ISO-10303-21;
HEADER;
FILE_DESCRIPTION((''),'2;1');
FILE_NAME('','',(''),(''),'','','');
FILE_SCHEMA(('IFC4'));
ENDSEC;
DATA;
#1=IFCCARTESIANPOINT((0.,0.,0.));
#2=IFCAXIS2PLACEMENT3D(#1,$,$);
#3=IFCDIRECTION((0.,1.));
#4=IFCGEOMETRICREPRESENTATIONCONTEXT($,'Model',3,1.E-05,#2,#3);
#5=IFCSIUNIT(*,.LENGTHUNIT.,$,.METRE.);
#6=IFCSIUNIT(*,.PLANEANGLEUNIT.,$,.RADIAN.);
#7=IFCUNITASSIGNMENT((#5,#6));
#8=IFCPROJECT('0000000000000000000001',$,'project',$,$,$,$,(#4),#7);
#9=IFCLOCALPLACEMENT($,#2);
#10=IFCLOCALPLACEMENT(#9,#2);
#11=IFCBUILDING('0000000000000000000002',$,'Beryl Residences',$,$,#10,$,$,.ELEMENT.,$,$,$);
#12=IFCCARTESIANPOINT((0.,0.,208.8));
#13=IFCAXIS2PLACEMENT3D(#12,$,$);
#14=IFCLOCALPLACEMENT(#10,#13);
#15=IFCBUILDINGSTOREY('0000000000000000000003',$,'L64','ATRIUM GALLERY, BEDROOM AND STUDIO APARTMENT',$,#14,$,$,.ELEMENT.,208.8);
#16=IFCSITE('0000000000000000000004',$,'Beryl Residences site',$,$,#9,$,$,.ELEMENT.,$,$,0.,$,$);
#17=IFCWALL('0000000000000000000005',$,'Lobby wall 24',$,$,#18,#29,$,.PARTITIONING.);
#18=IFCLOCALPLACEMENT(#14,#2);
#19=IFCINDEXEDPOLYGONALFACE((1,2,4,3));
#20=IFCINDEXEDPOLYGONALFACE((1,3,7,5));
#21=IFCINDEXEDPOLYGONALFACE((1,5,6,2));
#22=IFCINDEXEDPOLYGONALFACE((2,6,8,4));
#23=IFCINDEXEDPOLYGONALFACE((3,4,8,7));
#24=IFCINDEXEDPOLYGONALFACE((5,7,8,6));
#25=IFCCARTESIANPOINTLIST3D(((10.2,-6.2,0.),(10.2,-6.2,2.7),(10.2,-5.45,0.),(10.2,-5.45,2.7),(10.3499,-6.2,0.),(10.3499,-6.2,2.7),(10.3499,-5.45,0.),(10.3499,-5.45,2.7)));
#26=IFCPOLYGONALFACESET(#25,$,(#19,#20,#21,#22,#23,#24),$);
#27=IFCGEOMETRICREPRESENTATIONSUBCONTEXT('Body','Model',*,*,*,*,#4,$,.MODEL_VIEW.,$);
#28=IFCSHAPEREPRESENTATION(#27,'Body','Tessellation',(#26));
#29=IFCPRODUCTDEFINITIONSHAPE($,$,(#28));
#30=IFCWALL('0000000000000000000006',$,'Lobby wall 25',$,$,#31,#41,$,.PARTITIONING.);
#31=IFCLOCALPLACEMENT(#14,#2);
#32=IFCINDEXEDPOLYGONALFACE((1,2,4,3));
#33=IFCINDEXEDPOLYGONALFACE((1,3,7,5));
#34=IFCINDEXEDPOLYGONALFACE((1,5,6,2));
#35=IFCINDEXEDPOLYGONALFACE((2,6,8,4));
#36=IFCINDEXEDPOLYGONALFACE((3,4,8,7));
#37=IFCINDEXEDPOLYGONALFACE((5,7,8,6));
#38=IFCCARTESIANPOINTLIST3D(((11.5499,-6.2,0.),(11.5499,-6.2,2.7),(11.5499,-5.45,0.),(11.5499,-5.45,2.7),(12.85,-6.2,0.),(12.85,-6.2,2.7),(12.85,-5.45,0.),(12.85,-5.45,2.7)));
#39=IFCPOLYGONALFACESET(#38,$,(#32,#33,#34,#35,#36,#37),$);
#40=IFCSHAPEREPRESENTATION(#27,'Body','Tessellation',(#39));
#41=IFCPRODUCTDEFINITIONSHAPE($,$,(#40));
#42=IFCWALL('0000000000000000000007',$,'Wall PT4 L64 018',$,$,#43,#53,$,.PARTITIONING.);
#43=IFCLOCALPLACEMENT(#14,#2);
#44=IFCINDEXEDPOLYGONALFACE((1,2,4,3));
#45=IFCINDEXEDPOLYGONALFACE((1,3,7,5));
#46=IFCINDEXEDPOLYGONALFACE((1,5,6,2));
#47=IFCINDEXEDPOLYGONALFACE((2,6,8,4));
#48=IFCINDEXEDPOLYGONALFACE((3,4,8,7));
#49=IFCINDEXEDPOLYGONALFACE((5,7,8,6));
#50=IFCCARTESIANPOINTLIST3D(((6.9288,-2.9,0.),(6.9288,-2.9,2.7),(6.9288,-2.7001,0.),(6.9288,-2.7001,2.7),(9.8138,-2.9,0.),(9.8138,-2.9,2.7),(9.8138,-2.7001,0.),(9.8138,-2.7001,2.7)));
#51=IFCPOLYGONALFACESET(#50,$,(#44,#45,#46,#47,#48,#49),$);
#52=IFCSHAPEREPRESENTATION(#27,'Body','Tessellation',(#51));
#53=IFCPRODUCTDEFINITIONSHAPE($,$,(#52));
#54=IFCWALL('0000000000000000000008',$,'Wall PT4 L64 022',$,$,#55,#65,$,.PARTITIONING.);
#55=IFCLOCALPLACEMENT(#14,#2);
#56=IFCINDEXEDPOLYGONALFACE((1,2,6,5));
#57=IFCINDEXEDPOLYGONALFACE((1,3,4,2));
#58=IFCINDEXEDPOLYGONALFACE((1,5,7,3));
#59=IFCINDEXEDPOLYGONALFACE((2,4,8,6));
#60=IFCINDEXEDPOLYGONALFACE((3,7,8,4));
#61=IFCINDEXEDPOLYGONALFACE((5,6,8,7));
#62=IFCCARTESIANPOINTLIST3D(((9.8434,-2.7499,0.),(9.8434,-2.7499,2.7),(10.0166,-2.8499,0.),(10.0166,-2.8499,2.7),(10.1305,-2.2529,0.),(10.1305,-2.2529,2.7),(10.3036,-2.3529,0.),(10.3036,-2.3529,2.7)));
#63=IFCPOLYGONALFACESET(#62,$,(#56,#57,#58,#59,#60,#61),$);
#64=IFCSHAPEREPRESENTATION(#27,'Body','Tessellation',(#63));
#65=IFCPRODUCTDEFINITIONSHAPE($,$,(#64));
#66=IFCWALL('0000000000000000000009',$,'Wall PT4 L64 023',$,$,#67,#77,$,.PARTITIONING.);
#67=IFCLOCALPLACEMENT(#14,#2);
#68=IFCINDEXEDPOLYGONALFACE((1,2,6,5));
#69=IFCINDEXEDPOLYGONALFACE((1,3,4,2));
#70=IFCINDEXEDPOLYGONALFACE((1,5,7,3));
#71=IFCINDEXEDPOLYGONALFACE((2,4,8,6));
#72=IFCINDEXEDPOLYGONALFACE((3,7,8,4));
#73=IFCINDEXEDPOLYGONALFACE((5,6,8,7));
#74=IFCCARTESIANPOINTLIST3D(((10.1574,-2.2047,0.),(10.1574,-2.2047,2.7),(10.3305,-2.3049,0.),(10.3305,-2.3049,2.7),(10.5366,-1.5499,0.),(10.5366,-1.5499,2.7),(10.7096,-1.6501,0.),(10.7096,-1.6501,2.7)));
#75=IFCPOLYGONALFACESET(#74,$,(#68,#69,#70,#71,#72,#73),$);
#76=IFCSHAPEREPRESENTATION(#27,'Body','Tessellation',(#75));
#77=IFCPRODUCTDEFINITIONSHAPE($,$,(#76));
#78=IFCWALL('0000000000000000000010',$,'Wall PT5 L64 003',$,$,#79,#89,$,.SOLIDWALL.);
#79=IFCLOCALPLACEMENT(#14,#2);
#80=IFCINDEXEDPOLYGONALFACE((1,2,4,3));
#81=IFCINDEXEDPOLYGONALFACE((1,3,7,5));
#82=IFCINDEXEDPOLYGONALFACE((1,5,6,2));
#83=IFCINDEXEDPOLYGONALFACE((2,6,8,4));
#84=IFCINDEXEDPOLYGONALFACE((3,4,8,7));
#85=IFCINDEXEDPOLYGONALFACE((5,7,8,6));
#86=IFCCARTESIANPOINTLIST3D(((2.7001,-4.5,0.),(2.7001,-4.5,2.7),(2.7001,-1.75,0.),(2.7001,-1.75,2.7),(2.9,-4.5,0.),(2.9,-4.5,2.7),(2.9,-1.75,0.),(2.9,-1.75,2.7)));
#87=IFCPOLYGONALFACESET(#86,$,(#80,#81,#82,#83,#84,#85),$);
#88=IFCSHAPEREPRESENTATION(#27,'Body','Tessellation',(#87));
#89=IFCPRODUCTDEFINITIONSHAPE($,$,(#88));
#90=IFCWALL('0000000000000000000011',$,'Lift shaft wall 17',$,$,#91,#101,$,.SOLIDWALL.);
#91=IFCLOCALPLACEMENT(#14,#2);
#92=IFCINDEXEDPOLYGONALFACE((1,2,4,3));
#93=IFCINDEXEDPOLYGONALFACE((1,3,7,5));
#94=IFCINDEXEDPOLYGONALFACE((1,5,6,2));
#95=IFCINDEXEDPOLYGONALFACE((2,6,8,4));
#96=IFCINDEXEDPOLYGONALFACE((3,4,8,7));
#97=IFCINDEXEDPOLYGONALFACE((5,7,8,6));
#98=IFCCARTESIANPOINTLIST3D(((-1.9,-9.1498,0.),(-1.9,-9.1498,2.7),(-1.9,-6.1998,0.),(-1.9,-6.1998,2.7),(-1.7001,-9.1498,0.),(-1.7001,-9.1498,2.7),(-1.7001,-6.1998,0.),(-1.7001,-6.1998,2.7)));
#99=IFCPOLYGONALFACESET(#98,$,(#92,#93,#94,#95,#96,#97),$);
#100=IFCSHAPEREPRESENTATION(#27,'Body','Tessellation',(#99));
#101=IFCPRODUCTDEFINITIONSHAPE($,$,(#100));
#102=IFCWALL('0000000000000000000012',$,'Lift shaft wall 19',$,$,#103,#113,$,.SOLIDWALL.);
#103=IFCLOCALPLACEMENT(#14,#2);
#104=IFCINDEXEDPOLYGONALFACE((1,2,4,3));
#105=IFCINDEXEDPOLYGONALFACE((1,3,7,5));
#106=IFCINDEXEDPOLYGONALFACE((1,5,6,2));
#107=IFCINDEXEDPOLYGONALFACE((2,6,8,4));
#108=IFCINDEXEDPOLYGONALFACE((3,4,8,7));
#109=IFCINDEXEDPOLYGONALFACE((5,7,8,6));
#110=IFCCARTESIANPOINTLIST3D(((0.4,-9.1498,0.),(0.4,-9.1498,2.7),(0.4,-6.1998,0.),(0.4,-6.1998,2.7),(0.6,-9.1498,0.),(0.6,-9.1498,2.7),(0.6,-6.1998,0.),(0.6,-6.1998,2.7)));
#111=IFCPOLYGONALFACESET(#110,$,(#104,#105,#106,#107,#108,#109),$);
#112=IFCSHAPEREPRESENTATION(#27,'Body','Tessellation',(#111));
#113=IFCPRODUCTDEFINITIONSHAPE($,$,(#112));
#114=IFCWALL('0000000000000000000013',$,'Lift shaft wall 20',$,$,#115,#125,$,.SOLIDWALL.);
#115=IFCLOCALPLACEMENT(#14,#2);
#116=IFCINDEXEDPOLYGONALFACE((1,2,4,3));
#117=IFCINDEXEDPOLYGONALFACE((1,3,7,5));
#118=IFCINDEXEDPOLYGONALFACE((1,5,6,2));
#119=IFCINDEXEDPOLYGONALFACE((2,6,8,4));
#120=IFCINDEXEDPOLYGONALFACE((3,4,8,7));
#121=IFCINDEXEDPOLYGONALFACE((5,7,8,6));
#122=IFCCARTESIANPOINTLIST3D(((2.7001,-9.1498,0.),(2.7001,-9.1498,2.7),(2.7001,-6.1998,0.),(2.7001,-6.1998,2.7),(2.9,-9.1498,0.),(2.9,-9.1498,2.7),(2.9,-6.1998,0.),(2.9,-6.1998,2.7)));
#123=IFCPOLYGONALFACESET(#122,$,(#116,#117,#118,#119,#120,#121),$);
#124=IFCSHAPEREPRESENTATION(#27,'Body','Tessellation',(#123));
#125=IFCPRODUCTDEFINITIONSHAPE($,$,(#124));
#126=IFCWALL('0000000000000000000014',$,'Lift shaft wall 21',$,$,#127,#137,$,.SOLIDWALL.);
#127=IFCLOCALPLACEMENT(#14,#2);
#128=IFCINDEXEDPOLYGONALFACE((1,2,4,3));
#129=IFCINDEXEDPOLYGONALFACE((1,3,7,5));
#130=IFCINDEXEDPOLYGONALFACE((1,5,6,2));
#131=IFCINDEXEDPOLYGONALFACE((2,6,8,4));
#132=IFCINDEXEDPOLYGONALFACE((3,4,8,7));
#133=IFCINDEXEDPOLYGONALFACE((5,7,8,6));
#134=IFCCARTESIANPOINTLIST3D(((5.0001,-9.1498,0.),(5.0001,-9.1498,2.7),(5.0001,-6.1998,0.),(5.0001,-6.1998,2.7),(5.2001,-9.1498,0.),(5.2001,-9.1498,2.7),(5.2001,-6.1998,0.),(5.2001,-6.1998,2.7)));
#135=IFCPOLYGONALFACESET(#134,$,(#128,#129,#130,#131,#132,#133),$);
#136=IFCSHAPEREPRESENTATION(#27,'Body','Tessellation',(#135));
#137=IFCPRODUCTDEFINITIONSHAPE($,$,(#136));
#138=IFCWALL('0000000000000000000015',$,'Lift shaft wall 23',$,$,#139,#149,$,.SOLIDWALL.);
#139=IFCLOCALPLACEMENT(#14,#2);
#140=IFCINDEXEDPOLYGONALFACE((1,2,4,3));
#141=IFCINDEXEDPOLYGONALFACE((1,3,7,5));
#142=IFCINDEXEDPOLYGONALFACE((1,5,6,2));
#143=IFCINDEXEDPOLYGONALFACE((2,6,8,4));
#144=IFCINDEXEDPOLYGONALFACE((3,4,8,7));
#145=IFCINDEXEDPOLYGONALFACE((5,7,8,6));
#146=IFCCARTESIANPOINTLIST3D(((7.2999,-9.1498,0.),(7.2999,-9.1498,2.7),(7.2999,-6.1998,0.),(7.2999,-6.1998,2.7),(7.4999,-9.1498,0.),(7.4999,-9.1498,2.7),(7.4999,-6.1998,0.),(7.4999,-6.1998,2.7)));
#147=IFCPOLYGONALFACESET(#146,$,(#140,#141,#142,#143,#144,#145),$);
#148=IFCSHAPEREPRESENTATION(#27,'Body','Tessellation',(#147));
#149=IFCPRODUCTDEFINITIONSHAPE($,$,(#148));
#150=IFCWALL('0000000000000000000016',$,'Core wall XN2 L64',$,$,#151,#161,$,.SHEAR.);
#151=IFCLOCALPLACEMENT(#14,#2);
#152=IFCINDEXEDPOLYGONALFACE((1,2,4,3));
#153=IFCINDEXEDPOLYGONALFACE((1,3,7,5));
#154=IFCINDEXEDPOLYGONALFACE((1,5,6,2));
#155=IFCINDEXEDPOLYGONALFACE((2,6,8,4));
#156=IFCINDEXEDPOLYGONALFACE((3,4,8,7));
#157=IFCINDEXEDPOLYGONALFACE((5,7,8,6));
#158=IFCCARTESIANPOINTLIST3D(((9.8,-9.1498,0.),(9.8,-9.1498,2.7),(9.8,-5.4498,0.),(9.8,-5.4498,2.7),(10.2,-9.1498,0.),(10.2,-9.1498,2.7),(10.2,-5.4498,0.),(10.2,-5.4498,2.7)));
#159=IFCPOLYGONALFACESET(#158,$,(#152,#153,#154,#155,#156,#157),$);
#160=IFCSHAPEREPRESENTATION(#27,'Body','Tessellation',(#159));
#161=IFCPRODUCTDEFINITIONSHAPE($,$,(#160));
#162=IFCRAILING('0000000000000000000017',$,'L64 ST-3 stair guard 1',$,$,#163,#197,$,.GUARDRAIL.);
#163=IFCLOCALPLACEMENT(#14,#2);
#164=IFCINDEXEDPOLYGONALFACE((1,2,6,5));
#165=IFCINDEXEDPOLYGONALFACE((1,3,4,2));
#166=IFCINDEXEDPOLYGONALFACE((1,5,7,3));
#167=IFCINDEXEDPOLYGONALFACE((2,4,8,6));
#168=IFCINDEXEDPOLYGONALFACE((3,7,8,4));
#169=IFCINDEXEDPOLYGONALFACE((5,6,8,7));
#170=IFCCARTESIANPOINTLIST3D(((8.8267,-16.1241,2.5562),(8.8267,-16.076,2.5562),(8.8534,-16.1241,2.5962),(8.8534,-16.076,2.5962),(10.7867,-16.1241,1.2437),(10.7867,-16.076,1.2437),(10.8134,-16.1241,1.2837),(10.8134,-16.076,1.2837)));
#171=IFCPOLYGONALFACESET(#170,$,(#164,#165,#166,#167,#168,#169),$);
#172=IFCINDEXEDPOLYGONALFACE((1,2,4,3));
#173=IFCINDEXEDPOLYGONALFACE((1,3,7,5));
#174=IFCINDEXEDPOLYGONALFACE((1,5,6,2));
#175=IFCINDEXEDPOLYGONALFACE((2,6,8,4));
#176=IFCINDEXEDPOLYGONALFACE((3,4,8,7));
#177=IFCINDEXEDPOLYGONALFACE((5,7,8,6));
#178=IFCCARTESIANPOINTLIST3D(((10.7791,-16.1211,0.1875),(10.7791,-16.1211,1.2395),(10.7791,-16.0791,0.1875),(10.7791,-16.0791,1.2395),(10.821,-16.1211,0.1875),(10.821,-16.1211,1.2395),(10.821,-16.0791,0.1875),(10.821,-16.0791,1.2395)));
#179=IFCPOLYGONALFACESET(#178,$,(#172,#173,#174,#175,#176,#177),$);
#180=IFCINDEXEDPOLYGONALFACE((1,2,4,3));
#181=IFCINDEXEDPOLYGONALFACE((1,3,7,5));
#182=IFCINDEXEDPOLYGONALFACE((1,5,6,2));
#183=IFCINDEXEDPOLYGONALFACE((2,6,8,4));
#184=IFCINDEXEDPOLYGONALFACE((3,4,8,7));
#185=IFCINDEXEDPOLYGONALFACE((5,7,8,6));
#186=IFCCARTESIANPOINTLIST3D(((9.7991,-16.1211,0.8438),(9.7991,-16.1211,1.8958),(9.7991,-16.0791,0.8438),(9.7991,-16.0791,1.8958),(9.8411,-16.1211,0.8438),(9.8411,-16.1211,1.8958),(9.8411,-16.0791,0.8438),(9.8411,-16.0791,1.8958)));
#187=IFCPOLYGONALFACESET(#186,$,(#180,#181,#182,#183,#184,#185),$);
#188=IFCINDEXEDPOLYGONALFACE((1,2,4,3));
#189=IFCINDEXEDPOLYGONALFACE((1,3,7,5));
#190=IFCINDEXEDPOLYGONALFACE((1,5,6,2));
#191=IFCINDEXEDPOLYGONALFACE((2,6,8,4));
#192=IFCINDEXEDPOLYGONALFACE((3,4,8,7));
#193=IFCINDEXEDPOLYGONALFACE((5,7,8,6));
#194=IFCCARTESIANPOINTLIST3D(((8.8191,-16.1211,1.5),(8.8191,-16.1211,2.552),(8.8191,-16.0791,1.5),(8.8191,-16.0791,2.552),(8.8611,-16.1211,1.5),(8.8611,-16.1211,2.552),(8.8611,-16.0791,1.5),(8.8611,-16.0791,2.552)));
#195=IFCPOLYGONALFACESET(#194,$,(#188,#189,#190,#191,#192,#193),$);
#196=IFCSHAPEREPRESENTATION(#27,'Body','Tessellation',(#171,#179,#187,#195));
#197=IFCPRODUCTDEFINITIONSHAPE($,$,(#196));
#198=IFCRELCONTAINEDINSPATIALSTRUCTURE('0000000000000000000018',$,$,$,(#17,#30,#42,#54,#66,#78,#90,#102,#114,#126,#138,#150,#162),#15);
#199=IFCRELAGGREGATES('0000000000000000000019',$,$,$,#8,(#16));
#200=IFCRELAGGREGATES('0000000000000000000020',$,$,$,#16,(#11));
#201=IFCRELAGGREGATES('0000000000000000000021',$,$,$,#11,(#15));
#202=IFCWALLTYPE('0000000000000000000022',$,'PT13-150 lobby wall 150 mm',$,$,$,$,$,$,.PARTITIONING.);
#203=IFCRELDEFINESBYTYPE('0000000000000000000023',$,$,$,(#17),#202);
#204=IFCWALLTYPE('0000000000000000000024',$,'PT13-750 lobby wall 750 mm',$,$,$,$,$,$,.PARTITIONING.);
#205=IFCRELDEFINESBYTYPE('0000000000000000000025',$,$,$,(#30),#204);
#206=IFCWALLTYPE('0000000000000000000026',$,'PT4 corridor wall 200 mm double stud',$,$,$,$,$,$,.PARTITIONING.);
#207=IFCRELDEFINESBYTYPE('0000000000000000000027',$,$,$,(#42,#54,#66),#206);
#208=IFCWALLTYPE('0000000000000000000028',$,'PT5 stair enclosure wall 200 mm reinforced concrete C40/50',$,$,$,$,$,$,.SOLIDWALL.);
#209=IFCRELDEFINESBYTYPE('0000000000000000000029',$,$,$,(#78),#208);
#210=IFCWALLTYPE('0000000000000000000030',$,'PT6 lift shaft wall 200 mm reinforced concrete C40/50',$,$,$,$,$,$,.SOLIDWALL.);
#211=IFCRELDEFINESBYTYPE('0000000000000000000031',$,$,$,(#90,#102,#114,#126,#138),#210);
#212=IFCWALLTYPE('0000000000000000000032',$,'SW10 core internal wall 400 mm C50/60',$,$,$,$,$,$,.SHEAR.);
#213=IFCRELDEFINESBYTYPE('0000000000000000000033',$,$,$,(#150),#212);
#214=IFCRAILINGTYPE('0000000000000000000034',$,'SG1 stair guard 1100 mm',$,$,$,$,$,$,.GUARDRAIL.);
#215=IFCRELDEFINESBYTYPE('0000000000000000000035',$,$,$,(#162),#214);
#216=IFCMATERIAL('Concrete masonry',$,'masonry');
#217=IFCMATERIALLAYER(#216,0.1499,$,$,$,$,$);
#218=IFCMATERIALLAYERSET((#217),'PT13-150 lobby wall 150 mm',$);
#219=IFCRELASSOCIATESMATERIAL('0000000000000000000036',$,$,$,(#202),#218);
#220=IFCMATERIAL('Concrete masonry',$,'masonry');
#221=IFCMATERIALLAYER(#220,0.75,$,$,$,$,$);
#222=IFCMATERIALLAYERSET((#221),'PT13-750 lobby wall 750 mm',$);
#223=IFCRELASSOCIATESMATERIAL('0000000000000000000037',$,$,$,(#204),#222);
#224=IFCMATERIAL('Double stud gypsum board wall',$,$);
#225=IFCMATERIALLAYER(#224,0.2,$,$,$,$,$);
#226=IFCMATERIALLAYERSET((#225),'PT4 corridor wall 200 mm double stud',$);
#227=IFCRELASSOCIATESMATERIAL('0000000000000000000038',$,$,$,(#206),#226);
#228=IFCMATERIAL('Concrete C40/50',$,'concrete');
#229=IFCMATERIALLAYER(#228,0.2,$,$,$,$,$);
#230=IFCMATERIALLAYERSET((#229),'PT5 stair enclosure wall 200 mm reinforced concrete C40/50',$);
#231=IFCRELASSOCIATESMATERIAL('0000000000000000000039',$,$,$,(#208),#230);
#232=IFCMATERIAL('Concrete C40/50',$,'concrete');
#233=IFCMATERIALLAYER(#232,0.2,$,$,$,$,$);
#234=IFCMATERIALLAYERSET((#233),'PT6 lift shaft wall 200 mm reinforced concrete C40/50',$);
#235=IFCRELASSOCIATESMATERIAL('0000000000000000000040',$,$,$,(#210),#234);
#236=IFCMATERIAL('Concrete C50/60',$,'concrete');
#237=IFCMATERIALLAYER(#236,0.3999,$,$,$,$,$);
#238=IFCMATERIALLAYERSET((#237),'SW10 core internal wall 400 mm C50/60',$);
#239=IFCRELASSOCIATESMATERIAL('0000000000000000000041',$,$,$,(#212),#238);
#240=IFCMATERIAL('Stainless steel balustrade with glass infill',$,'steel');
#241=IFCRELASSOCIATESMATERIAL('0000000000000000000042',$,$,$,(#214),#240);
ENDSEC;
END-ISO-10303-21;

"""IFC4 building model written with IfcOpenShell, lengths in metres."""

from ifc_helpers import new_model, si_unit, direction, frame, frame_2d, origin, origin_2d, place, context, subcontext, project, spatial, rectangle, extrude, material, layer, layer_set, type_object, element, save


model = new_model("IFC4")

# Units and contexts
model_context = context("Model", 3, precision=1e-05, world=origin(), true_north=direction((0.0, 1.0)))
body_context = subcontext(model_context, "Body", "Model", "MODEL_VIEW")
ifc_project = project(units=[si_unit("LENGTHUNIT", "METRE"), si_unit("PLANEANGLEUNIT", "RADIAN")], contexts=[model_context])

# Site, building, storey
site_placement = place(None, origin())
site = spatial("IfcSite", under=ifc_project, at=site_placement, Name="Beryl Residences site", CompositionType="ELEMENT", RefElevation=0.0)
building_placement = place(site_placement, origin())
building = spatial("IfcBuilding", under=site, at=building_placement, Name="Beryl Residences", CompositionType="ELEMENT")
storey_placement = place(building_placement, frame((0.0, 0.0, 208.8)))
storey = spatial("IfcBuildingStorey", under=building, at=storey_placement, Name="L64", Description="ATRIUM GALLERY, BEDROOM AND STUDIO APARTMENT", CompositionType="ELEMENT", Elevation=208.8)

# Walls
ifc_material_1 = material(Name="Concrete masonry", Category="masonry")
ifc_layer_1 = layer(ifc_material_1, 0.1499)
ifc_layer_set_1 = layer_set([ifc_layer_1], Name="PT13-150 lobby wall 150 mm")
wall_type_1 = type_object("IfcWallType", Name="PT13-150 lobby wall 150 mm", PredefinedType="PARTITIONING", material=ifc_layer_set_1)
wall_1_placement = place(storey_placement, frame((10.2749, -6.2, 0.0), z_axis=(0.0, 0.0, 1.0), x_axis=(0.0, 1.0, 0.0)))
element("IfcWall", 1, at=wall_1_placement, inside=storey, type_object=wall_type_1, Name="Lobby wall 24", PredefinedType="PARTITIONING", context=body_context, shape_type="SweptSolid", body=[
    extrude(rectangle(XDim=0.75, YDim=0.1499, at=frame_2d((0.375, 0.0))), origin(), (0.0, 0.0, 1.0), 2.7),
])
ifc_material_2 = material(Name="Concrete masonry", Category="masonry")
ifc_layer_2 = layer(ifc_material_2, 0.75)
ifc_layer_set_2 = layer_set([ifc_layer_2], Name="PT13-750 lobby wall 750 mm")
wall_type_2 = type_object("IfcWallType", Name="PT13-750 lobby wall 750 mm", PredefinedType="PARTITIONING", material=ifc_layer_set_2)
wall_2_placement = place(storey_placement, frame((11.55, -5.825, 0.0), z_axis=(0.0, 0.0, 1.0), x_axis=(1.0, 0.0, 0.0)))
element("IfcWall", 2, at=wall_2_placement, inside=storey, type_object=wall_type_2, Name="Lobby wall 25", PredefinedType="PARTITIONING", context=body_context, shape_type="SweptSolid", body=[
    extrude(rectangle(XDim=1.3, YDim=0.75, at=frame_2d((0.6499, 0.0))), origin(), (0.0, 0.0, 1.0), 2.7),
])
ifc_material_3 = material(Name="Double stud gypsum board wall")
ifc_layer_3 = layer(ifc_material_3, 0.2)
ifc_layer_set_3 = layer_set([ifc_layer_3], Name="PT4 corridor wall 200 mm double stud")
wall_type_3 = type_object("IfcWallType", Name="PT4 corridor wall 200 mm double stud", PredefinedType="PARTITIONING", material=ifc_layer_set_3)
wall_3_placement = place(storey_placement, frame((6.929, -2.8, 0.0), z_axis=(0.0, 0.0, 1.0), x_axis=(1.0, 0.0, 0.0)))
element("IfcWall", 3, at=wall_3_placement, inside=storey, type_object=wall_type_3, Name="Wall PT4 L64 018", PredefinedType="PARTITIONING", context=body_context, shape_type="SweptSolid", body=[
    extrude(rectangle(XDim=2.885, YDim=0.2, at=frame_2d((1.4424, 0.0))), origin(), (0.0, 0.0, 1.0), 2.7),
])
wall_4_placement = place(storey_placement, frame((9.9299, -2.8, 0.0), z_axis=(0.0, 0.0, 1.0), x_axis=(0.500164, 0.865931, 0.0)))
element("IfcWall", 4, at=wall_4_placement, inside=storey, type_object=wall_type_3, Name="Wall PT4 L64 022", PredefinedType="PARTITIONING", context=body_context, shape_type="SweptSolid", body=[
    extrude(rectangle(XDim=0.574, YDim=0.2, at=frame_2d((0.2871, 0.0))), origin(), (0.0, 0.0, 1.0), 2.7),
])
wall_5_placement = place(storey_placement, frame((10.2439, -2.2549, 0.0), z_axis=(0.0, 0.0, 1.0), x_axis=(0.5011, 0.865389, 0.0)))
element("IfcWall", 5, at=wall_5_placement, inside=storey, type_object=wall_type_3, Name="Wall PT4 L64 023", PredefinedType="PARTITIONING", context=body_context, shape_type="SweptSolid", body=[
    extrude(rectangle(XDim=0.7566, YDim=0.2, at=frame_2d((0.3784, 0.0))), origin(), (0.0, 0.0, 1.0), 2.7),
])
ifc_material_4 = material(Name="Concrete C40/50", Category="concrete")
ifc_layer_4 = layer(ifc_material_4, 0.2)
ifc_layer_set_4 = layer_set([ifc_layer_4], Name="PT5 stair enclosure wall 200 mm reinforced concrete C40/50")
wall_type_4 = type_object("IfcWallType", Name="PT5 stair enclosure wall 200 mm reinforced concrete C40/50", PredefinedType="SOLIDWALL", material=ifc_layer_set_4)
wall_6_placement = place(storey_placement, frame((2.8, -4.5, 0.0), z_axis=(0.0, 0.0, 1.0), x_axis=(0.0, 1.0, 0.0)))
element("IfcWall", 6, at=wall_6_placement, inside=storey, type_object=wall_type_4, Name="Wall PT5 L64 003", PredefinedType="SOLIDWALL", context=body_context, shape_type="SweptSolid", body=[
    extrude(rectangle(XDim=2.75, YDim=0.2, at=frame_2d((1.375, 0.0))), origin(), (0.0, 0.0, 1.0), 2.7),
])
ifc_material_5 = material(Name="Concrete C40/50", Category="concrete")
ifc_layer_5 = layer(ifc_material_5, 0.2)
ifc_layer_set_5 = layer_set([ifc_layer_5], Name="PT6 lift shaft wall 200 mm reinforced concrete C40/50")
wall_type_5 = type_object("IfcWallType", Name="PT6 lift shaft wall 200 mm reinforced concrete C40/50", PredefinedType="SOLIDWALL", material=ifc_layer_set_5)
for number, where, z_axis, x_axis, name in (
    (7, (-1.8, -9.1499, 0.0), (0.0, 0.0, 1.0), (0.0, 1.0, 0.0), "Lift shaft wall 17"),
    (8, (0.5, -9.1499, 0.0), (0.0, 0.0, 1.0), (0.0, 1.0, 0.0), "Lift shaft wall 19"),
    (9, (2.8, -9.1499, 0.0), (0.0, 0.0, 1.0), (0.0, 1.0, 0.0), "Lift shaft wall 20"),
    (10, (5.1001, -9.1499, 0.0), (0.0, 0.0, 1.0), (0.0, 1.0, 0.0), "Lift shaft wall 21"),
    (11, (7.3999, -9.1499, 0.0), (0.0, 0.0, 1.0), (0.0, 1.0, 0.0), "Lift shaft wall 23"),
):
    element("IfcWall", number, at=place(storey_placement, frame(where, z_axis=z_axis, x_axis=x_axis)), inside=storey, type_object=wall_type_5, Name=name, PredefinedType="SOLIDWALL", context=body_context, shape_type="SweptSolid", body=[
        extrude(rectangle(XDim=2.95, YDim=0.2, at=frame_2d((1.4751, 0.0))), origin(), (0.0, 0.0, 1.0), 2.7),
    ])
ifc_material_6 = material(Name="Concrete C50/60", Category="concrete")
ifc_layer_6 = layer(ifc_material_6, 0.3999)
ifc_layer_set_6 = layer_set([ifc_layer_6], Name="SW10 core internal wall 400 mm C50/60")
wall_type_6 = type_object("IfcWallType", Name="SW10 core internal wall 400 mm C50/60", PredefinedType="SHEAR", material=ifc_layer_set_6)
wall_7_placement = place(storey_placement, frame((10.0, -9.1499, 0.0), z_axis=(0.0, 0.0, 1.0), x_axis=(0.0, 1.0, 0.0)))
element("IfcWall", 12, at=wall_7_placement, inside=storey, type_object=wall_type_6, Name="Core wall XN2 L64", PredefinedType="SHEAR", context=body_context, shape_type="SweptSolid", body=[
    extrude(rectangle(XDim=3.7, YDim=0.3999, at=frame_2d((1.8501, 0.0))), origin(), (0.0, 0.0, 1.0), 2.7),
])

# Railing
ifc_material_7 = material(Name="Stainless steel balustrade with glass infill", Category="steel")
railing_type_1 = type_object("IfcRailingType", Name="SG1 stair guard 1100 mm", PredefinedType="GUARDRAIL", material=ifc_material_7)
railing_1_placement = place(storey_placement, frame((10.8, -16.1001, 0.1875)))
element("IfcRailing", 13, at=railing_1_placement, inside=storey, type_object=railing_type_1, Name="L64 ST-3 stair guard 1", PredefinedType="GUARDRAIL", context=body_context, shape_type="SweptSolid", body=[
    extrude(rectangle(XDim=0.0481, YDim=0.0481, at=origin_2d()), frame((0.0, 0.0, 1.0762), z_axis=(-0.830902, 0.0, 0.556419), x_axis=(0.0, -1.0, 0.0)), (0.0, 0.0, 1.0), 2.3589),
    extrude(rectangle(XDim=0.042, YDim=0.042, at=origin_2d()), origin(), (0.0, 0.0, 1.0), 1.052),
    extrude(rectangle(XDim=0.042, YDim=0.042, at=origin_2d()), frame((-0.98, 0.0, 0.6562)), (0.0, 0.0, 1.0), 1.052),
    extrude(rectangle(XDim=0.042, YDim=0.042, at=origin_2d()), frame((-1.96, 0.0, 1.3125)), (0.0, 0.0, 1.0), 1.052),
])

save(model, "model.ifc")
